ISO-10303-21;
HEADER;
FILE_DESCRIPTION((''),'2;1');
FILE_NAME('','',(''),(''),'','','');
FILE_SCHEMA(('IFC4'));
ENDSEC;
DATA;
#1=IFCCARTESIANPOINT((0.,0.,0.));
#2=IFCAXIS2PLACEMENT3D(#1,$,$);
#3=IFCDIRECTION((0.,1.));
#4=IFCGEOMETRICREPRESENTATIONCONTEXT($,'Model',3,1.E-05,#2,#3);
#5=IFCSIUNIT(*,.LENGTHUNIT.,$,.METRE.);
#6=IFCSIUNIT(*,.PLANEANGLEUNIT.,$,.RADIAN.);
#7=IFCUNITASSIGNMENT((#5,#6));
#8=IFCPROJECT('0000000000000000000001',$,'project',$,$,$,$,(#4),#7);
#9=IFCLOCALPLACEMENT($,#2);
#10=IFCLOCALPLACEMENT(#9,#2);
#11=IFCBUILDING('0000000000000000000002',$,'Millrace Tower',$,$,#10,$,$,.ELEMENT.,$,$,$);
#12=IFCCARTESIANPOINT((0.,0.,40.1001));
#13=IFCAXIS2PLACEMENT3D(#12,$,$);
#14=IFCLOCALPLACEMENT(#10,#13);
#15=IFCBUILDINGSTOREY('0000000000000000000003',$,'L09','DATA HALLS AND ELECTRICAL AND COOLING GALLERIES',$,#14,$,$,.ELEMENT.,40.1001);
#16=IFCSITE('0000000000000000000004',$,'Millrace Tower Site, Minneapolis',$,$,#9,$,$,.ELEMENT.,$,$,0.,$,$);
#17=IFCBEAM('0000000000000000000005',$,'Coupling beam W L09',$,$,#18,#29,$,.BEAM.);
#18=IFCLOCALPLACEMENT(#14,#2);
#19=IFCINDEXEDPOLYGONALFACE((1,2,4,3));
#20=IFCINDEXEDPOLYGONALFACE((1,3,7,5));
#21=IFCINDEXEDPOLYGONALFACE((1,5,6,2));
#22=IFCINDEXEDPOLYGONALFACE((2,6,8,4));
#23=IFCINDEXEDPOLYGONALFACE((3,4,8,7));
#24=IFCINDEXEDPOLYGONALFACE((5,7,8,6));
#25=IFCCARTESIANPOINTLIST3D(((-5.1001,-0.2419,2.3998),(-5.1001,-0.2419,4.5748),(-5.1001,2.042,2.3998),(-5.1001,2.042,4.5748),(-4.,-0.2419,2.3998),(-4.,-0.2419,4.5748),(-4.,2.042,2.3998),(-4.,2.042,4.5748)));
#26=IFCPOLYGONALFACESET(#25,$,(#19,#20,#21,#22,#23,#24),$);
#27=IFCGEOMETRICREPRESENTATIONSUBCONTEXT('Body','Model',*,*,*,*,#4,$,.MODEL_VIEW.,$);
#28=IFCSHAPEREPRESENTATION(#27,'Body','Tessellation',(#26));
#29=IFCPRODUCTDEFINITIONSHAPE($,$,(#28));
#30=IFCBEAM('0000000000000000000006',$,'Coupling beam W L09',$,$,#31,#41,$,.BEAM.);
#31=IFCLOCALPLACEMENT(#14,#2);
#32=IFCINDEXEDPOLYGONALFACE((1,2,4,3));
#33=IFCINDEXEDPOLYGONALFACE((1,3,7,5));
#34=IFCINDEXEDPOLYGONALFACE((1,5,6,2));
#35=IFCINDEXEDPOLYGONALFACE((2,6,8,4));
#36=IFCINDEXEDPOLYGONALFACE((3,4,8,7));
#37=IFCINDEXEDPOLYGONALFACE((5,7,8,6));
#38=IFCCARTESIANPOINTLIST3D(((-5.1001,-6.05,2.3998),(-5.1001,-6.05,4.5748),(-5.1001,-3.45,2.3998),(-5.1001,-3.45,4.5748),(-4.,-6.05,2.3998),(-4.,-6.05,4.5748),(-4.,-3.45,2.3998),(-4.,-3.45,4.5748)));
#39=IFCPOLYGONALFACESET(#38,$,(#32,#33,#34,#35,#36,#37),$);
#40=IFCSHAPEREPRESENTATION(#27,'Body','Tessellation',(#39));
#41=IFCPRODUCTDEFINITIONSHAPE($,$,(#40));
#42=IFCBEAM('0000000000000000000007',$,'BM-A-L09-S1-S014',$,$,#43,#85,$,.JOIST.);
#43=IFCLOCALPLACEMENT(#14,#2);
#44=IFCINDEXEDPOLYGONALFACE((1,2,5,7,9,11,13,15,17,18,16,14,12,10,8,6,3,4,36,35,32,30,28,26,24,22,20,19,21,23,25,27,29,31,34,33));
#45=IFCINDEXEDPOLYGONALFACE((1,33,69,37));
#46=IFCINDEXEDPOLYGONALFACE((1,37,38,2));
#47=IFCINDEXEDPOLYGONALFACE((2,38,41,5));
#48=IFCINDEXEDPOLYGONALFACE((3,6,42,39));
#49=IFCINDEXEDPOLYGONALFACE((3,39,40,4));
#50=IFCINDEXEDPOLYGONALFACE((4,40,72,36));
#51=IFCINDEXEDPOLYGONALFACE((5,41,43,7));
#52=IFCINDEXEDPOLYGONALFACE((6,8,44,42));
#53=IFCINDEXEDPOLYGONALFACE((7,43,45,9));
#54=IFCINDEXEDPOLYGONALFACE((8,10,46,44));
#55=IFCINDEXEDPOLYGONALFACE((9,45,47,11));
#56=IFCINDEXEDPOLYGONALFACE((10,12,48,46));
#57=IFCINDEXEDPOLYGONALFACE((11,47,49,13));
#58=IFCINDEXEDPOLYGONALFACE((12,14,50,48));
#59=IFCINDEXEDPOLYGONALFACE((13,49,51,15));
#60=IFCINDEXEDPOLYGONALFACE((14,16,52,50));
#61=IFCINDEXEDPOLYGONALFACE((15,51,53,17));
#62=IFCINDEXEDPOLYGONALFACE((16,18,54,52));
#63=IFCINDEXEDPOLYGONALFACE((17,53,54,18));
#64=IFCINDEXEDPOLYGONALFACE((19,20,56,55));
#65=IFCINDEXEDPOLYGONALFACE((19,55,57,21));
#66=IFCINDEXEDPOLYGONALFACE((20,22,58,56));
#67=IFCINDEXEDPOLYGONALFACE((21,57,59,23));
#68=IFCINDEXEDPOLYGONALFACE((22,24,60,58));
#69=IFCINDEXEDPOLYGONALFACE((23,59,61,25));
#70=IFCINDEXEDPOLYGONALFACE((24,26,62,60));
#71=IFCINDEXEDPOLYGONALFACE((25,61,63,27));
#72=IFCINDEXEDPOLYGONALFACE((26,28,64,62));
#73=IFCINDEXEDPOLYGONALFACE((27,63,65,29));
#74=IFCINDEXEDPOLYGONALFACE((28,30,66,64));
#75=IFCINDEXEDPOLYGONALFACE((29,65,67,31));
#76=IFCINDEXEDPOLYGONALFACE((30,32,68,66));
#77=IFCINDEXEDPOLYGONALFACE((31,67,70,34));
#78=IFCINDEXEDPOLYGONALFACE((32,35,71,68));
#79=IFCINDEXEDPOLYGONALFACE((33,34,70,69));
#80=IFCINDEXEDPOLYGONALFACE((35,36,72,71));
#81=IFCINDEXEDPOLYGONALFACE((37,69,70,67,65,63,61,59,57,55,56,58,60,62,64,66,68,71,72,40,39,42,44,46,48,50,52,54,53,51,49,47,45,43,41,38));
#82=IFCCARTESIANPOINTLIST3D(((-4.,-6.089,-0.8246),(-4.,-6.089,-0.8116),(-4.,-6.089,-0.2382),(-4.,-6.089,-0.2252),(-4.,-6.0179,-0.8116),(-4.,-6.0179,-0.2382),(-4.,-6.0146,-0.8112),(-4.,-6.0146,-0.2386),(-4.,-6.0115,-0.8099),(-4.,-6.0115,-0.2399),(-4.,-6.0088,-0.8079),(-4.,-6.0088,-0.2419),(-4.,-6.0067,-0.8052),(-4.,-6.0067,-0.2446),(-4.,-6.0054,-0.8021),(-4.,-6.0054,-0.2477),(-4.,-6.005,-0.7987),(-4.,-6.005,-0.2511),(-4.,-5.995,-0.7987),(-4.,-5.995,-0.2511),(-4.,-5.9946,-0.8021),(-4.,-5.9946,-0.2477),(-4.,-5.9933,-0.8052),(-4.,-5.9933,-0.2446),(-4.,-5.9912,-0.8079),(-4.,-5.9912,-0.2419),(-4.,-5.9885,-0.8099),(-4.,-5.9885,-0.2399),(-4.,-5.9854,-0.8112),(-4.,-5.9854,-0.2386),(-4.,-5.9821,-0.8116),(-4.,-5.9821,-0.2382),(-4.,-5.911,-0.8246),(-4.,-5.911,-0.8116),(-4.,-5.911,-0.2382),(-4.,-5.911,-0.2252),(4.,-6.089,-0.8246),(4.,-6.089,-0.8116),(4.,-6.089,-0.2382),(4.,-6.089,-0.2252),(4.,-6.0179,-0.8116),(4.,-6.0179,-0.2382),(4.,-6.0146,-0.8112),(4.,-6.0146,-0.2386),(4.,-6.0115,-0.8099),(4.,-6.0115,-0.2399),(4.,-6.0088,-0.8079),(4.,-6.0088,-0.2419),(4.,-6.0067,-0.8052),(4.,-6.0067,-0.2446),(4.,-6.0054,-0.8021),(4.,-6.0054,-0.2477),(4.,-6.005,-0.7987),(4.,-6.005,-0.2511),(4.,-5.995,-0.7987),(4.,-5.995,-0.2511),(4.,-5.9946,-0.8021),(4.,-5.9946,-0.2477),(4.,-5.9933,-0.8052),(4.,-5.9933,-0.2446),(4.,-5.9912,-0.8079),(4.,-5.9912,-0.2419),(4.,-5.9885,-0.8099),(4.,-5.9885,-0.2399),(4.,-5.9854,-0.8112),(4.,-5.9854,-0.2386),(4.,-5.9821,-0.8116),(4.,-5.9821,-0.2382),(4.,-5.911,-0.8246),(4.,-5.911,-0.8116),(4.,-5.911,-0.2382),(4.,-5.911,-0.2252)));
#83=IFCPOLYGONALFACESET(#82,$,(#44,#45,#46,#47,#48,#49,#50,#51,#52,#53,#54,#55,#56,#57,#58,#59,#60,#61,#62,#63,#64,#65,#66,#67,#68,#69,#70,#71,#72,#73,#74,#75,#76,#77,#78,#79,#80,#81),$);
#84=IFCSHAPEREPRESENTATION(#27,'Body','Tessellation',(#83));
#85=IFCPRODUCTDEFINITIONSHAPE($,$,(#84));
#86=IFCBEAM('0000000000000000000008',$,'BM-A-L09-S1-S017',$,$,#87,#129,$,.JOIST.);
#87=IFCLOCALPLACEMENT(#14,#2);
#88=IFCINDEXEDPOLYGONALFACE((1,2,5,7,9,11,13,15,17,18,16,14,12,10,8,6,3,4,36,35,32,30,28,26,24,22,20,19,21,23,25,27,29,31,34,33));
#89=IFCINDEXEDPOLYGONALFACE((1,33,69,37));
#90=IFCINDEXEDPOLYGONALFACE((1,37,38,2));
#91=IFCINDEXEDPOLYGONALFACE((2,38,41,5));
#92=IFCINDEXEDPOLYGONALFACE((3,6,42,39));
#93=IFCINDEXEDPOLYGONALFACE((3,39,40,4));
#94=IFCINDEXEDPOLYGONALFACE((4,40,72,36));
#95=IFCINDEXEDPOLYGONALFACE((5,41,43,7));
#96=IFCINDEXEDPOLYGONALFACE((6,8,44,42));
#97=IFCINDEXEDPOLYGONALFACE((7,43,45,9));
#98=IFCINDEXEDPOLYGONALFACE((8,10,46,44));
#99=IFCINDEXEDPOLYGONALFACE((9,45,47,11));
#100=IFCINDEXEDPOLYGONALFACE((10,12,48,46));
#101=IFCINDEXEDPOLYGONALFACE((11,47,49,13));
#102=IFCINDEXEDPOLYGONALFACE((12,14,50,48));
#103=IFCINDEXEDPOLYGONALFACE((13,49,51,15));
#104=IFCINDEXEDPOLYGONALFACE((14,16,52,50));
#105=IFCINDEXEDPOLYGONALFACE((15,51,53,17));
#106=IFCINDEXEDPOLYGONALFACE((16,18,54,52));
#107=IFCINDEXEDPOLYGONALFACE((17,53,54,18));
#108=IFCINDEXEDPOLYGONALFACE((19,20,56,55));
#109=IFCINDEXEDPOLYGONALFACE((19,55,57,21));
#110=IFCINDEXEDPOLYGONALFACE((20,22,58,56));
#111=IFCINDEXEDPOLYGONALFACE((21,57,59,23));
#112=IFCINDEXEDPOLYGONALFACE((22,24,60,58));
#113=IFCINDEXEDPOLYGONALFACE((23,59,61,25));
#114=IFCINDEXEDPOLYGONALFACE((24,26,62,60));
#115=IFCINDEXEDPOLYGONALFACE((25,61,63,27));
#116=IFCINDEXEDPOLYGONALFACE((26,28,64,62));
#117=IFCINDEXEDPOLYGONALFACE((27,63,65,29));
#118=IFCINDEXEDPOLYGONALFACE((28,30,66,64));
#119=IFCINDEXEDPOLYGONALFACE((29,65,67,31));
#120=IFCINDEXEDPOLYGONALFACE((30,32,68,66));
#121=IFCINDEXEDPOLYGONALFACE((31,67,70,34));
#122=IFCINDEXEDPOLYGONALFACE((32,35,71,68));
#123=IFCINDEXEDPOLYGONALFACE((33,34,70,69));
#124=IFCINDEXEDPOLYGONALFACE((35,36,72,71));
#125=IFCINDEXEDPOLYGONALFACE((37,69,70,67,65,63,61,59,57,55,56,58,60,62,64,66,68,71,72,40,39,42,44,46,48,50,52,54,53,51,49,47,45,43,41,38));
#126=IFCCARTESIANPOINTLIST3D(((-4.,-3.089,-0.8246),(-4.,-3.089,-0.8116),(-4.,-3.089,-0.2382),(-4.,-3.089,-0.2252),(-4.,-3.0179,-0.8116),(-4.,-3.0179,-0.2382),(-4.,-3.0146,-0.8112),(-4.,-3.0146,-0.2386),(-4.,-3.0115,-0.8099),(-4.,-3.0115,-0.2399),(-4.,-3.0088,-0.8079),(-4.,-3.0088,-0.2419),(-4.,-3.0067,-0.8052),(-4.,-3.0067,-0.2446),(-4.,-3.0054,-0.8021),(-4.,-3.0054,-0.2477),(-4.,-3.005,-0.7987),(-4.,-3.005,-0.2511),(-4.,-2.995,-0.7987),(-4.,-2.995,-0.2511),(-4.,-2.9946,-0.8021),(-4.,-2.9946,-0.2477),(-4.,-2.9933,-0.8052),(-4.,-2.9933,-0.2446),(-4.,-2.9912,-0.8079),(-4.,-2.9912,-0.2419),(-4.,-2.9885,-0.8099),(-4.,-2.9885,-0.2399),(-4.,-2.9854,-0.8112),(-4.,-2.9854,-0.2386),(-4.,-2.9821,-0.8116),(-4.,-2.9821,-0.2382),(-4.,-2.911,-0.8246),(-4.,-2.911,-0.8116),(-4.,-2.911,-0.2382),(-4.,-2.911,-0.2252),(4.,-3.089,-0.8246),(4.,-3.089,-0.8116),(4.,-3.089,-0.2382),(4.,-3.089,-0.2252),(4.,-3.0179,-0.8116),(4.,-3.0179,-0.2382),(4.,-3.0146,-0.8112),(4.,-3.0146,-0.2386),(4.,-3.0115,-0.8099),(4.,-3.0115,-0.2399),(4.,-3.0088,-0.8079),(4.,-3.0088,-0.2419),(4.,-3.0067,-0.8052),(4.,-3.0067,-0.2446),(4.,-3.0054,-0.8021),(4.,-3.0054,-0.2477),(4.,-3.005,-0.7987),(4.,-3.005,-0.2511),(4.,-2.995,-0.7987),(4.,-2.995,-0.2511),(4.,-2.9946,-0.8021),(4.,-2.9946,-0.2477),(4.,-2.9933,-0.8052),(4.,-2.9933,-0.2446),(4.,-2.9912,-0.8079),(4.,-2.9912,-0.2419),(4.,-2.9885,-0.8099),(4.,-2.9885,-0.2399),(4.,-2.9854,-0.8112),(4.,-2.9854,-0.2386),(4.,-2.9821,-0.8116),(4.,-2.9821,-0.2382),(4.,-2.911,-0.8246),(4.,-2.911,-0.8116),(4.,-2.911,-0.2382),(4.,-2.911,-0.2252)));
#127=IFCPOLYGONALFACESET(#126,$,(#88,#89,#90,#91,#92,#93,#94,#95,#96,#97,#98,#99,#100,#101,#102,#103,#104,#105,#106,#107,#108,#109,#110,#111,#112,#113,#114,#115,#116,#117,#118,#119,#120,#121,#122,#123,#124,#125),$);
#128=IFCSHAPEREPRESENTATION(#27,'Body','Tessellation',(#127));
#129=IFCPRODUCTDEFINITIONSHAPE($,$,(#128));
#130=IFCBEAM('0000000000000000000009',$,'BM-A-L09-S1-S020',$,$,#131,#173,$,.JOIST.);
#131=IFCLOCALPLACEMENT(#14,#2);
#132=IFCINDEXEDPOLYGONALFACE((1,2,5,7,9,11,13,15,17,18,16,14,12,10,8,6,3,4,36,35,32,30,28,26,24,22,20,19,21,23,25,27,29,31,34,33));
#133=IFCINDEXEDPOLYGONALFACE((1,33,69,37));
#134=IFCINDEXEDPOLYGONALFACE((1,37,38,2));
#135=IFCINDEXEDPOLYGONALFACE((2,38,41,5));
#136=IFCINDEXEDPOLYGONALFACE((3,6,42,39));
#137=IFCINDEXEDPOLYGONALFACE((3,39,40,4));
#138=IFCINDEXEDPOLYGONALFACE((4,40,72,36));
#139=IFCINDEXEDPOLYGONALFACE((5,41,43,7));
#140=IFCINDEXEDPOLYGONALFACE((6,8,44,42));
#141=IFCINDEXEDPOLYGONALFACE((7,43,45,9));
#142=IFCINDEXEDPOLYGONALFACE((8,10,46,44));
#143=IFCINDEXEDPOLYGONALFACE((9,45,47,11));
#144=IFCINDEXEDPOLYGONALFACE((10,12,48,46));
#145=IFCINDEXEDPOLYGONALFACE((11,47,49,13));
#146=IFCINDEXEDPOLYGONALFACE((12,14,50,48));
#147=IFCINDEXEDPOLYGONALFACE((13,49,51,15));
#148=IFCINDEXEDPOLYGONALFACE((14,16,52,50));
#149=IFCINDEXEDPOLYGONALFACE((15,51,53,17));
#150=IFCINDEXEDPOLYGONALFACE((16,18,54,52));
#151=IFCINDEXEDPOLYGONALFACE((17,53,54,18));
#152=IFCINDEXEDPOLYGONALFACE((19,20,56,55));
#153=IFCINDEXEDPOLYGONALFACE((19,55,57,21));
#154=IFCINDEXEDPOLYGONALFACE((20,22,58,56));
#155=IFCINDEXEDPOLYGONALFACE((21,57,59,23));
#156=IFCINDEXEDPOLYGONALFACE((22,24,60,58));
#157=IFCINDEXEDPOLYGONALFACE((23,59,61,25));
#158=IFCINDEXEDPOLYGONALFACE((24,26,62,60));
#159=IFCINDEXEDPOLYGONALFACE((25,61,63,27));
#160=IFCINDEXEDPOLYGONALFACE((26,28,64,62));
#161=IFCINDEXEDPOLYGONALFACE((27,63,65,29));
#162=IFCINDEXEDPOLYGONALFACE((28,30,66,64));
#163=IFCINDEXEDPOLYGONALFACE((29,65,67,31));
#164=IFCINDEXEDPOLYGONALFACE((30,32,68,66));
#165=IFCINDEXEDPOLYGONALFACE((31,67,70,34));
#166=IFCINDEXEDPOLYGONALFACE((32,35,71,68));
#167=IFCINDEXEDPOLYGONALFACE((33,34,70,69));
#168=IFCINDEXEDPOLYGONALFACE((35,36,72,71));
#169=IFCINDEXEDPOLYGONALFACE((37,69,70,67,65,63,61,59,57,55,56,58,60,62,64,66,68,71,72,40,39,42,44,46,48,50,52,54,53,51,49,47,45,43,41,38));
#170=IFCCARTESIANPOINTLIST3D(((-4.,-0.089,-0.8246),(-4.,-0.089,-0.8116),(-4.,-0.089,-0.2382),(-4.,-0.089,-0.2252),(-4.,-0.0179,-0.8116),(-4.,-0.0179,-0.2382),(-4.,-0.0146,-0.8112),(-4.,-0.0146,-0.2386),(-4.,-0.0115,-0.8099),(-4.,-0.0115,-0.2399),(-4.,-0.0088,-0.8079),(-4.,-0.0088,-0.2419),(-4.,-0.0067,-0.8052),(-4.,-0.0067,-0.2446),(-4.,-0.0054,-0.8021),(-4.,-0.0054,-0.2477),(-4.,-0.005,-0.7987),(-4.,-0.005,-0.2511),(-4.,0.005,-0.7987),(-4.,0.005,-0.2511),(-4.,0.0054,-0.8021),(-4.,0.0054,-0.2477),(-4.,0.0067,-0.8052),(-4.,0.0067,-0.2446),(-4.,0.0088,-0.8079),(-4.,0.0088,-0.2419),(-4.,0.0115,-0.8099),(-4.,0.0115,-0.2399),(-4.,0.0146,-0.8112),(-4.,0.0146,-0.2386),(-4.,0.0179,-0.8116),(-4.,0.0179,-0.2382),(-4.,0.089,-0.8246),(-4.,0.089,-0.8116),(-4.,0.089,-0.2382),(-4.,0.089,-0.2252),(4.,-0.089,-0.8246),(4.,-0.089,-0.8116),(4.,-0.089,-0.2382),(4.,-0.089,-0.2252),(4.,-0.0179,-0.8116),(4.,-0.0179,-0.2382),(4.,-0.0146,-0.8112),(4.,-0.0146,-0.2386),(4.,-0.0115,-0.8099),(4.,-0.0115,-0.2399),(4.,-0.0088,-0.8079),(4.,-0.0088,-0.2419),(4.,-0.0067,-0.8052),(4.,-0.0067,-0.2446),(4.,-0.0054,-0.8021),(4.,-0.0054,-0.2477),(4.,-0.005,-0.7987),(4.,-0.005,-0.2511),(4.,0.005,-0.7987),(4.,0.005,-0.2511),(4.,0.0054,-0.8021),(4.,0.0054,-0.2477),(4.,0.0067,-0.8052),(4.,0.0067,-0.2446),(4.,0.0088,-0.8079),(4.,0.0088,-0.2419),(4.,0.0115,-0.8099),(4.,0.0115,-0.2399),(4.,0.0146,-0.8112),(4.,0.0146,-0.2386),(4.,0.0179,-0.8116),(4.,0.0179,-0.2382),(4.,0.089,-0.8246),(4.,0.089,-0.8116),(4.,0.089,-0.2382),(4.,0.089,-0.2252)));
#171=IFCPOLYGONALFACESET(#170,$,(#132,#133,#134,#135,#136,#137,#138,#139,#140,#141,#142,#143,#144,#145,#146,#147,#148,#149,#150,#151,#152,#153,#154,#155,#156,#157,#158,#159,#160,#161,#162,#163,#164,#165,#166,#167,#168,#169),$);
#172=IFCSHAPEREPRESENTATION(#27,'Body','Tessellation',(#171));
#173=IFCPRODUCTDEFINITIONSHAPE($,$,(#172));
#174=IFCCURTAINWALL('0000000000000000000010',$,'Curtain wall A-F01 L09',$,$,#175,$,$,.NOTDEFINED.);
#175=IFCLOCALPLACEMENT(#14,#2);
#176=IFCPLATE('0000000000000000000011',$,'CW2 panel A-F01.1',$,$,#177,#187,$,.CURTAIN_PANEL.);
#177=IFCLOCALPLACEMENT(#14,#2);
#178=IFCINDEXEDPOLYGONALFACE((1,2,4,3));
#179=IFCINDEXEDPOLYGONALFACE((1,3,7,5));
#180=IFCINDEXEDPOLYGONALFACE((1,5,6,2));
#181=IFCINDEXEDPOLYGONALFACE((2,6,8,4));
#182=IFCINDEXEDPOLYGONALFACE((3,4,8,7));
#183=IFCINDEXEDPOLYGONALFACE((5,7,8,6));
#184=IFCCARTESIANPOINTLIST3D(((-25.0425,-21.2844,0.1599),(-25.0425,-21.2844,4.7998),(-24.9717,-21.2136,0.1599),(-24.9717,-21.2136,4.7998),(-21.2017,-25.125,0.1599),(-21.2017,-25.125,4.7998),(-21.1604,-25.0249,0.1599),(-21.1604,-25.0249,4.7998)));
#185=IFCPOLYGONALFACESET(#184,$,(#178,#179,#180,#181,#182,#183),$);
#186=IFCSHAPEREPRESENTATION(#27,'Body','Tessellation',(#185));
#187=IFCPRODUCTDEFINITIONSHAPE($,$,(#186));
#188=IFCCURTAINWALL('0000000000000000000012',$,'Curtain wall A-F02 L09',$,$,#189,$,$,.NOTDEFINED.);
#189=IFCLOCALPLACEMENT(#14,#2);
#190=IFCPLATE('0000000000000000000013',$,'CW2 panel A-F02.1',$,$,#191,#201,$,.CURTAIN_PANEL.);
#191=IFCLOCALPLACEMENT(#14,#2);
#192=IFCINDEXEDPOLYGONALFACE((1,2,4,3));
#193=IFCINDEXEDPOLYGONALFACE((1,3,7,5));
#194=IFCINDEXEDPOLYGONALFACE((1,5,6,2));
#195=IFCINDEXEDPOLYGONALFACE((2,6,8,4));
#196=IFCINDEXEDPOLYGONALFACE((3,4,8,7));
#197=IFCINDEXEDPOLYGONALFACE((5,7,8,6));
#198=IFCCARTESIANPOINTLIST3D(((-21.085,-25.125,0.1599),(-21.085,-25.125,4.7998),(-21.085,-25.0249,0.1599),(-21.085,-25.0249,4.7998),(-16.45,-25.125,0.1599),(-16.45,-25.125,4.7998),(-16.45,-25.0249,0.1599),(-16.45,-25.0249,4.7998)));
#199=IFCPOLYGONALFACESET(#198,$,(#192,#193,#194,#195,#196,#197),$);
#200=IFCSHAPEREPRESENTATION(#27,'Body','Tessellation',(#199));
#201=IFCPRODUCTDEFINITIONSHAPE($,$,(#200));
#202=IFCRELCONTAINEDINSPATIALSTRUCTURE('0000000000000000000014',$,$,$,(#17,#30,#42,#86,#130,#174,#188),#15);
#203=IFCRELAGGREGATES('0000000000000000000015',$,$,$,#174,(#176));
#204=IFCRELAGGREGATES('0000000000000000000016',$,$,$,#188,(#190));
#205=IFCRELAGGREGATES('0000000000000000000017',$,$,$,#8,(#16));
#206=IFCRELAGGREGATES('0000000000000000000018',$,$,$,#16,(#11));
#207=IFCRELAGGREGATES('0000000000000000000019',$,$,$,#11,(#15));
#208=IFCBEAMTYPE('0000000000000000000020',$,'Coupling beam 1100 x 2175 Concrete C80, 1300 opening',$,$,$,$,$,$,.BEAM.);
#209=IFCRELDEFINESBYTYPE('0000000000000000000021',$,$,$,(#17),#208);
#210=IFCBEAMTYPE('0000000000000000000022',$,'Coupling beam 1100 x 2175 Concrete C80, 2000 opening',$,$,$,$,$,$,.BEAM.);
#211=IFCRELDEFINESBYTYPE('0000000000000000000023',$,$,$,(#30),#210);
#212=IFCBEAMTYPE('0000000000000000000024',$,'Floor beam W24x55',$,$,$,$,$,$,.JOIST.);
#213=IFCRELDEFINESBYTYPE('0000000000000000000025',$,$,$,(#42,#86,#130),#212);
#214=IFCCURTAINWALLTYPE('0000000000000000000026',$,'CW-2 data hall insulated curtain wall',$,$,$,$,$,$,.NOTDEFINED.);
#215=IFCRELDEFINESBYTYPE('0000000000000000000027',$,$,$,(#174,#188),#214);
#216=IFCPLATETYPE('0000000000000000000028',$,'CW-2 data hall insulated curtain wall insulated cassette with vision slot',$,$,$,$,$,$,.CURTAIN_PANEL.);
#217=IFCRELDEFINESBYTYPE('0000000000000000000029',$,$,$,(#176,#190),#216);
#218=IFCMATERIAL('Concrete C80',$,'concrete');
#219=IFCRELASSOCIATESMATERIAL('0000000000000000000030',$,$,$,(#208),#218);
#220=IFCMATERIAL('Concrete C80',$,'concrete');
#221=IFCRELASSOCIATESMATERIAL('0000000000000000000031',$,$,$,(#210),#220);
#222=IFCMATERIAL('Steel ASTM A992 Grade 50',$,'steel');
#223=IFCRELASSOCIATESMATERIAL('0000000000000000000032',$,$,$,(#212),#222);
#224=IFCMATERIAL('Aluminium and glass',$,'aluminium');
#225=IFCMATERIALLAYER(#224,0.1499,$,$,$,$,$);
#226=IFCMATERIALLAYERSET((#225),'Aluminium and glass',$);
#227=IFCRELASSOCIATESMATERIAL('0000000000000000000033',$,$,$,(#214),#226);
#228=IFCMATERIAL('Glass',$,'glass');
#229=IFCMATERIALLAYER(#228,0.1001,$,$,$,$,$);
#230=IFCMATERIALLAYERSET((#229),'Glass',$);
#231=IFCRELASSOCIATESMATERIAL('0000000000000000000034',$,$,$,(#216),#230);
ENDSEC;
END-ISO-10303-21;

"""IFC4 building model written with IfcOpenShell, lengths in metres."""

from ifc_helpers import new_model, si_unit, direction, frame, origin, origin_2d, place, context, subcontext, project, spatial, polyline, rectangle, i_section, outline, extrude, material, layer, layer_set, material_profile, profile_set, type_object, element, aggregate, save


model = new_model("IFC4")

# Units and contexts
model_context = context("Model", 3, precision=1e-05, world=origin(), true_north=direction((0.0, 1.0)))
body_context = subcontext(model_context, "Body", "Model", "MODEL_VIEW")
ifc_project = project(units=[si_unit("LENGTHUNIT", "METRE"), si_unit("PLANEANGLEUNIT", "RADIAN")], contexts=[model_context])

# Site, building, storey
site_placement = place(None, origin())
site = spatial("IfcSite", under=ifc_project, at=site_placement, Name="Millrace Tower Site, Minneapolis", CompositionType="ELEMENT", RefElevation=0.0)
building_placement = place(site_placement, origin())
building = spatial("IfcBuilding", under=site, at=building_placement, Name="Millrace Tower", CompositionType="ELEMENT")
storey_placement = place(building_placement, frame((0.0, 0.0, 40.1001)))
storey = spatial("IfcBuildingStorey", under=building, at=storey_placement, Name="L09", Description="DATA HALLS AND ELECTRICAL AND COOLING GALLERIES", CompositionType="ELEMENT", Elevation=40.1001)

# Beams
ifc_material_1 = material(Name="Concrete C80", Category="concrete")
ifc_material_profile_1 = material_profile(ifc_material_1, rectangle(XDim=1.1001, YDim=2.175, at=origin_2d()))
ifc_profile_set_1 = profile_set([ifc_material_profile_1], Name="Concrete C80")
beam_type_1 = type_object("IfcBeamType", Name="Coupling beam 1100 x 2175 Concrete C80, 1300 opening", PredefinedType="BEAM", material=ifc_profile_set_1)
beam_1_placement = place(storey_placement, frame((-4.55, -0.2419, 3.4873), z_axis=(0.0, 1.0, 0.0), x_axis=(-1.0, 0.0, 0.0)))
element("IfcBeam", 1, at=beam_1_placement, inside=storey, type_object=beam_type_1, Name="Coupling beam W L09", PredefinedType="BEAM", context=body_context, shape_type="SweptSolid", body=[
    extrude(rectangle(XDim=1.1001, YDim=2.175, at=origin_2d()), origin(), (0.0, 0.0, 1.0), 2.2839),
])
ifc_material_2 = material(Name="Concrete C80", Category="concrete")
ifc_material_profile_2 = material_profile(ifc_material_2, rectangle(XDim=1.1001, YDim=2.175, at=origin_2d()))
ifc_profile_set_2 = profile_set([ifc_material_profile_2], Name="Concrete C80")
beam_type_2 = type_object("IfcBeamType", Name="Coupling beam 1100 x 2175 Concrete C80, 2000 opening", PredefinedType="BEAM", material=ifc_profile_set_2)
beam_2_placement = place(storey_placement, frame((-4.55, -6.05, 3.4873), z_axis=(0.0, 1.0, 0.0), x_axis=(-1.0, 0.0, 0.0)))
element("IfcBeam", 2, at=beam_2_placement, inside=storey, type_object=beam_type_2, Name="Coupling beam W L09", PredefinedType="BEAM", context=body_context, shape_type="SweptSolid", body=[
    extrude(rectangle(XDim=1.1001, YDim=2.175, at=origin_2d()), origin(), (0.0, 0.0, 1.0), 2.6001),
])
ifc_material_3 = material(Name="Steel ASTM A992 Grade 50", Category="steel")
ifc_material_profile_3 = material_profile(ifc_material_3, i_section(OverallWidth=0.178, OverallDepth=0.5994, WebThickness=0.01, FlangeThickness=0.0129, FilletRadius=0.0129, at=origin_2d()))
ifc_profile_set_3 = profile_set([ifc_material_profile_3], Name="Steel ASTM A992 Grade 50")
beam_type_3 = type_object("IfcBeamType", Name="Floor beam W24x55", PredefinedType="JOIST", material=ifc_profile_set_3)
for number, where, z_axis, x_axis, name in (
    (3, (-4.0, -6.0, -0.5249), (1.0, 0.0, 0.0), (0.0, 1.0, 0.0), "BM-A-L09-S1-S014"),
    (4, (-4.0, -3.0, -0.5249), (1.0, 0.0, 0.0), (0.0, 1.0, 0.0), "BM-A-L09-S1-S017"),
    (5, (-4.0, 0.0, -0.5249), (1.0, 0.0, 0.0), (0.0, 1.0, 0.0), "BM-A-L09-S1-S020"),
):
    element("IfcBeam", number, at=place(storey_placement, frame(where, z_axis=z_axis, x_axis=x_axis)), inside=storey, type_object=beam_type_3, Name=name, PredefinedType="JOIST", context=body_context, shape_type="SweptSolid", body=[
        extrude(i_section(OverallWidth=0.178, OverallDepth=0.5994, WebThickness=0.01, FlangeThickness=0.0129, FilletRadius=0.0129, at=origin_2d()), origin(), (0.0, 0.0, 1.0), 8.0),
    ])

# Curtain wall, plate
ifc_material_4 = material(Name="Aluminium and glass", Category="aluminium")
ifc_layer_1 = layer(ifc_material_4, 0.1499)
ifc_layer_set_1 = layer_set([ifc_layer_1], Name="Aluminium and glass")
curtain_wall_type = type_object("IfcCurtainWallType", Name="CW-2 data hall insulated curtain wall", PredefinedType="NOTDEFINED", material=ifc_layer_set_1)
placement_1 = place(storey_placement, origin())
curtain_wall_1 = element("IfcCurtainWall", 6, at=placement_1, inside=storey, type_object=curtain_wall_type, Name="Curtain wall A-F01 L09", PredefinedType="NOTDEFINED")
ifc_material_5 = material(Name="Glass", Category="glass")
ifc_layer_2 = layer(ifc_material_5, 0.1001)
ifc_layer_set_2 = layer_set([ifc_layer_2], Name="Glass")
plate_type = type_object("IfcPlateType", Name="CW-2 data hall insulated curtain wall insulated cassette with vision slot", PredefinedType="CURTAIN_PANEL", material=ifc_layer_set_2)
placement_2 = place(storey_placement, frame((0.0, 0.0, 0.1599)))
plate_1 = element("IfcPlate", 7, at=placement_2, type_object=plate_type, Name="CW2 panel A-F01.1", PredefinedType="CURTAIN_PANEL", context=body_context, shape_type="SweptSolid", body=[
    extrude(outline(polyline([(-25.0425, -21.2844), (-21.2017, -25.125), (-21.1604, -25.0249), (-24.9717, -21.2136), (-25.0425, -21.2844)])), origin(), (0.0, 0.0, 1.0), 4.6399),
])
aggregate(curtain_wall_1, [plate_1])

# Curtain wall, plate
curtain_wall_2 = element("IfcCurtainWall", 8, at=placement_1, inside=storey, type_object=curtain_wall_type, Name="Curtain wall A-F02 L09", PredefinedType="NOTDEFINED")
plate_2 = element("IfcPlate", 9, at=placement_2, type_object=plate_type, Name="CW2 panel A-F02.1", PredefinedType="CURTAIN_PANEL", context=body_context, shape_type="SweptSolid", body=[
    extrude(outline(polyline([(-21.085, -25.125), (-16.45, -25.125), (-16.45, -25.0249), (-21.085, -25.0249), (-21.085, -25.125)])), origin(), (0.0, 0.0, 1.0), 4.6399),
])
aggregate(curtain_wall_2, [plate_2])

save(model, "model.ifc")
